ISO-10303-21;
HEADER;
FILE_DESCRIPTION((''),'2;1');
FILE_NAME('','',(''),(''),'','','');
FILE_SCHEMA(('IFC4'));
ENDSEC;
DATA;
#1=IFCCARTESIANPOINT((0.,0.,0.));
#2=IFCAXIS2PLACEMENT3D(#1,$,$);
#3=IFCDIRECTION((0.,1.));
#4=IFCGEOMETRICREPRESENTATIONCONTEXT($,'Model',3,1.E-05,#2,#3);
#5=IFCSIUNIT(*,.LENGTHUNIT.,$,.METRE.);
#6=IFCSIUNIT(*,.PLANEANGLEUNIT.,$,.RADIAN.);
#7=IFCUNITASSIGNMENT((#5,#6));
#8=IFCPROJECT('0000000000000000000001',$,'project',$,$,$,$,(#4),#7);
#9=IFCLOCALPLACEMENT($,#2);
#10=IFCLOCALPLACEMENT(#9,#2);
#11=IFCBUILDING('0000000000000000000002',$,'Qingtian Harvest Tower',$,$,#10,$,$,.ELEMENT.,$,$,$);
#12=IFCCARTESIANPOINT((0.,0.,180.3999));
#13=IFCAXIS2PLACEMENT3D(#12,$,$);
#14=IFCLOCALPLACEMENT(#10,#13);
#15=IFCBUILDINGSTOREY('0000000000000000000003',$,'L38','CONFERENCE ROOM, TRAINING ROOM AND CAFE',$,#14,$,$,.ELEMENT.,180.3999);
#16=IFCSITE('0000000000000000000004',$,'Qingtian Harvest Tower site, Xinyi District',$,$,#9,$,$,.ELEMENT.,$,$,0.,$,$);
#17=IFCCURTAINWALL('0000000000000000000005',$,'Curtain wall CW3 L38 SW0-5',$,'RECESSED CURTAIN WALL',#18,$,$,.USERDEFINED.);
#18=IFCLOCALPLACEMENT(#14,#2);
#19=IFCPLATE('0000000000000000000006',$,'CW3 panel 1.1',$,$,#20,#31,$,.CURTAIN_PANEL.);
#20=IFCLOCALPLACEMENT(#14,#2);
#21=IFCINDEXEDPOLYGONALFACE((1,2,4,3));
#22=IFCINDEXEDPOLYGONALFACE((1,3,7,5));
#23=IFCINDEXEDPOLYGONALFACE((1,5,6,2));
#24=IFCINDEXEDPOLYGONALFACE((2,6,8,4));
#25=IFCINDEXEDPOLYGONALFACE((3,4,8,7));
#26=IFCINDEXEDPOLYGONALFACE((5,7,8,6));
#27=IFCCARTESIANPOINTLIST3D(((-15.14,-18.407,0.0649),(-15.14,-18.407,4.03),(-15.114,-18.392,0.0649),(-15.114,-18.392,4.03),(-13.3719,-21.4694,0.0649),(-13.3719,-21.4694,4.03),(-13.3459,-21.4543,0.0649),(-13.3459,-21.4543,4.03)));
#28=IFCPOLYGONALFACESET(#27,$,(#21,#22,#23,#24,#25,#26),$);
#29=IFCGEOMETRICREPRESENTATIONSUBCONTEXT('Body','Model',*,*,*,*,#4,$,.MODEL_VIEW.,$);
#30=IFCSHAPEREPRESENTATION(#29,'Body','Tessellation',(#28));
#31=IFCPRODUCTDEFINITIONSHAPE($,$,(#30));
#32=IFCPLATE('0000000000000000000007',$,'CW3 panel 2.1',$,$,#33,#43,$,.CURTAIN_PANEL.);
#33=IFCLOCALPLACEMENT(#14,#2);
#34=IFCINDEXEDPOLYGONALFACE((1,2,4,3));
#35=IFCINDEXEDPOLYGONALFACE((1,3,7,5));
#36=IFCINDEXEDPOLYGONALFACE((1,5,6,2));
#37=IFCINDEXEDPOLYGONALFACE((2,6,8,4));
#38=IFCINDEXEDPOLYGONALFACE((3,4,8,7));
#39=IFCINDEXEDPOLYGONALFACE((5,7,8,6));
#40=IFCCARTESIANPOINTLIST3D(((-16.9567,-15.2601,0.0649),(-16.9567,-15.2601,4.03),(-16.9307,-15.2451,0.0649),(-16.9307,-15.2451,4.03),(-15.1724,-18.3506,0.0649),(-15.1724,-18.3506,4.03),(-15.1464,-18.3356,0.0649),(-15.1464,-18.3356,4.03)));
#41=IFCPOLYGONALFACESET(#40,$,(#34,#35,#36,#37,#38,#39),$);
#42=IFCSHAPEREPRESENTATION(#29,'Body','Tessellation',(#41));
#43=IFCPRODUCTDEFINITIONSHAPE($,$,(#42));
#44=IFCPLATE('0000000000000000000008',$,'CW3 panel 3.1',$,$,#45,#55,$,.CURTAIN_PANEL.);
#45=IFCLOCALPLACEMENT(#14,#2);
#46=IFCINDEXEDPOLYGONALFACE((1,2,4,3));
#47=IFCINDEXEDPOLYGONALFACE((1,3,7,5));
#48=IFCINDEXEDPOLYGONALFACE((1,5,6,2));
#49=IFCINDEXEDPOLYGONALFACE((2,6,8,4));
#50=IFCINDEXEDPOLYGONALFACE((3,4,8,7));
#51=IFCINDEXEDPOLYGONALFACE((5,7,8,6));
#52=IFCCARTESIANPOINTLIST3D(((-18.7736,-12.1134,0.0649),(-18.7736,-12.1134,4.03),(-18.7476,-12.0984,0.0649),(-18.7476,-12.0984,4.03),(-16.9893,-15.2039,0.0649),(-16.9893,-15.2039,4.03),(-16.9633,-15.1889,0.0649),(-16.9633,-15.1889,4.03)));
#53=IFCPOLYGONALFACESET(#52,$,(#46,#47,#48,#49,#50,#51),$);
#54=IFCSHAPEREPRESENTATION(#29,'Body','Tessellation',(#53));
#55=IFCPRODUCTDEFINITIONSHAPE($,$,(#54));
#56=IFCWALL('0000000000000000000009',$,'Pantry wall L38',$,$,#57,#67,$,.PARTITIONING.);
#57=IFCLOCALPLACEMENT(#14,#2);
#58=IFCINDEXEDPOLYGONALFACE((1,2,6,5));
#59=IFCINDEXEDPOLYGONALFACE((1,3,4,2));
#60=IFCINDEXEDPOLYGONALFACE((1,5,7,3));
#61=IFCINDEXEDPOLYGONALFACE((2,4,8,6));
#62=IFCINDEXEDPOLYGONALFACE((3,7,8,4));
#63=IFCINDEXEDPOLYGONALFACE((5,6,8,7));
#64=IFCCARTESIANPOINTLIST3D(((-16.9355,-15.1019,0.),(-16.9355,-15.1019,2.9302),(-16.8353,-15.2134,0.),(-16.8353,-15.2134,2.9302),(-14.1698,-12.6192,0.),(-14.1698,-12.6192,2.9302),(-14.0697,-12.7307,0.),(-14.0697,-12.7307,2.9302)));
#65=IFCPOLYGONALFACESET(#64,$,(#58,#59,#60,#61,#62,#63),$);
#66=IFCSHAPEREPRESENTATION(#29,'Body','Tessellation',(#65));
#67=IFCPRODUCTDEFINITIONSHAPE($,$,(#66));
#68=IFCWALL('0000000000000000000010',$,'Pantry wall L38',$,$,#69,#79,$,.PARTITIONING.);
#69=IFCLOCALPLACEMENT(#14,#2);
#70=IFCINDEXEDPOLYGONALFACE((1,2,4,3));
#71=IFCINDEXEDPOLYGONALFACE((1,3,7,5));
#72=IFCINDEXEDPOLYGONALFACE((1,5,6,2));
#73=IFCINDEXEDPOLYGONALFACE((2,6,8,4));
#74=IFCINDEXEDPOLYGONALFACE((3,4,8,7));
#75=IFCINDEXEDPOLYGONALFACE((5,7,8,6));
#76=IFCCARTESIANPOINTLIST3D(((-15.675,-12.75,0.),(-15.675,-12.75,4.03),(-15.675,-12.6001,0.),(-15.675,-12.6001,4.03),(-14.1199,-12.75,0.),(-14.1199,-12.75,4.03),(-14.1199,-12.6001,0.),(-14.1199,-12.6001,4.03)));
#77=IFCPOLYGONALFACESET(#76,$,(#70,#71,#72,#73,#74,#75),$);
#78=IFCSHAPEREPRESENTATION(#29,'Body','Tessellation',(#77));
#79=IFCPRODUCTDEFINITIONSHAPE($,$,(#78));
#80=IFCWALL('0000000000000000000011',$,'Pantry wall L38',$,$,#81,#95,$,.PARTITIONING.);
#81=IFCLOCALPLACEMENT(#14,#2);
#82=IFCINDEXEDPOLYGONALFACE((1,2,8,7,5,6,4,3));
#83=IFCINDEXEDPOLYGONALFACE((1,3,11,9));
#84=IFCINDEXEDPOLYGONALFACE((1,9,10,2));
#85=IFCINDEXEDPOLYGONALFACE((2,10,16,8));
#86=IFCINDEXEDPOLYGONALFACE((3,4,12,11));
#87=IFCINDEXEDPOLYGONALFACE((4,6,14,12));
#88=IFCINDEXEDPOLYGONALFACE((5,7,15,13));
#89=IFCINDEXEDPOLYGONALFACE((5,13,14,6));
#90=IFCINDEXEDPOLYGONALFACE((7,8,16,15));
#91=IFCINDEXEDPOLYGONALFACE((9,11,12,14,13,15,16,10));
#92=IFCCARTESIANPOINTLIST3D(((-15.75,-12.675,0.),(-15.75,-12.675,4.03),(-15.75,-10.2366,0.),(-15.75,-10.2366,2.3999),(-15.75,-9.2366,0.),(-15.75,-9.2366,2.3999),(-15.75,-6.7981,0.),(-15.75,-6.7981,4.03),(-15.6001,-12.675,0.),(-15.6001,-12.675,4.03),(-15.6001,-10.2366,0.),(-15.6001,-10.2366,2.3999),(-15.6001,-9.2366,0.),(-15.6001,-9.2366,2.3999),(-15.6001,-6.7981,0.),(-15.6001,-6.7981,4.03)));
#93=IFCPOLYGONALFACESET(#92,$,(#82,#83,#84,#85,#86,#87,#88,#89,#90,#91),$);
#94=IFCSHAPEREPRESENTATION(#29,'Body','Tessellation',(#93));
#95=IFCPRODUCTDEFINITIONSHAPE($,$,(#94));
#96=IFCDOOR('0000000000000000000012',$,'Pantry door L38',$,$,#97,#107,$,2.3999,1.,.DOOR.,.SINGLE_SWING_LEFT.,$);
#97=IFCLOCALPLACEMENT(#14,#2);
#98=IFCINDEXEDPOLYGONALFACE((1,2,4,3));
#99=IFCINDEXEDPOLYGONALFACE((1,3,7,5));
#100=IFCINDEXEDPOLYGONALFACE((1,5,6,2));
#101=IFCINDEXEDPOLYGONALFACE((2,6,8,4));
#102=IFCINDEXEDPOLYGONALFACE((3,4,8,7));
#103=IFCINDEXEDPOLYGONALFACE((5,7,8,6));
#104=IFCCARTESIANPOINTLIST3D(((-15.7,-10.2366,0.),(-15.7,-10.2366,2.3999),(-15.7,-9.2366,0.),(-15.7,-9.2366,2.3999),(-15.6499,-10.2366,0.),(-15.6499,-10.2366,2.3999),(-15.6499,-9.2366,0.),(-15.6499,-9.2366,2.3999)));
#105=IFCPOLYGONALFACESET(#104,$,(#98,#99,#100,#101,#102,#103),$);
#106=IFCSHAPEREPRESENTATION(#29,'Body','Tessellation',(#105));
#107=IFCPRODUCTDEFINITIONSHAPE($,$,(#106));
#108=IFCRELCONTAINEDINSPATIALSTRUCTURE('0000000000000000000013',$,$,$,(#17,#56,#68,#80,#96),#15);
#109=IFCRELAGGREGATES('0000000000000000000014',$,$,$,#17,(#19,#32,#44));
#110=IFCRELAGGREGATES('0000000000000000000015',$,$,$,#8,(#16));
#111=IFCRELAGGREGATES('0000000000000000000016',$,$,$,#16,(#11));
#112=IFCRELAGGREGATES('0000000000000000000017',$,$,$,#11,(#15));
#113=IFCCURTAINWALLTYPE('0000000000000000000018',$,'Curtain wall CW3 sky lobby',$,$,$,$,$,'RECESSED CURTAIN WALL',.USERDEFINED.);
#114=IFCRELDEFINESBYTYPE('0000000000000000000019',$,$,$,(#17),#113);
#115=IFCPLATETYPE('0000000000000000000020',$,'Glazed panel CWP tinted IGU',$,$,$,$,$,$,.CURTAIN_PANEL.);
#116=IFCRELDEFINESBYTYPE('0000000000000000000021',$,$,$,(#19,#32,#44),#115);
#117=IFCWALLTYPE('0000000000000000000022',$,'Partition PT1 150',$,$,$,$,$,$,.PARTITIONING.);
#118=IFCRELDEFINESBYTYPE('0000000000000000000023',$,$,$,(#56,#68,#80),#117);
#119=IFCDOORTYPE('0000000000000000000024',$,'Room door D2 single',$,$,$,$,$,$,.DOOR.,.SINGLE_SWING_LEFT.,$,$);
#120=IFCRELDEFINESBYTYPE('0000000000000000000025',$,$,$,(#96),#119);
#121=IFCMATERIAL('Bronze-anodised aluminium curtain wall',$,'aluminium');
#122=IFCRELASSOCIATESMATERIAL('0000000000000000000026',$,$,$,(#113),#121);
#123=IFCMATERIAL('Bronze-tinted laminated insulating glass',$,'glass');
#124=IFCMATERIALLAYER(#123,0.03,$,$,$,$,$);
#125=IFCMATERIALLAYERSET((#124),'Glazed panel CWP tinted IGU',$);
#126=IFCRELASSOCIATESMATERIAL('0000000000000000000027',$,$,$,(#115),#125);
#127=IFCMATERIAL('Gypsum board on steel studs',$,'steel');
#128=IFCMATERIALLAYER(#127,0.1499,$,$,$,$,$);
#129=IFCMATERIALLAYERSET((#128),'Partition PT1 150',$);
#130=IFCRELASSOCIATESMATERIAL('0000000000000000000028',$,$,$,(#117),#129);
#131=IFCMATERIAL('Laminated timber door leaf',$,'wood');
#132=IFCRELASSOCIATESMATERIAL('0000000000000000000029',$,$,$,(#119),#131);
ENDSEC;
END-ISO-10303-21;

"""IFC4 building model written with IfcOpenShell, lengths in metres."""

from ifc_helpers import new_model, si_unit, direction, frame, frame_2d, origin, origin_2d, place, context, subcontext, project, spatial, rectangle, extrude, material, layer, layer_set, type_object, element, fill, aggregate, save


model = new_model("IFC4")

# Units and contexts
model_context = context("Model", 3, precision=1e-05, world=origin(), true_north=direction((0.0, 1.0)))
body_context = subcontext(model_context, "Body", "Model", "MODEL_VIEW")
ifc_project = project(units=[si_unit("LENGTHUNIT", "METRE"), si_unit("PLANEANGLEUNIT", "RADIAN")], contexts=[model_context])

# Site, building, storey
site_placement = place(None, origin())
site = spatial("IfcSite", under=ifc_project, at=site_placement, Name="Qingtian Harvest Tower site, Xinyi District", CompositionType="ELEMENT", RefElevation=0.0)
building_placement = place(site_placement, origin())
building = spatial("IfcBuilding", under=site, at=building_placement, Name="Qingtian Harvest Tower", CompositionType="ELEMENT")
storey_placement = place(building_placement, frame((0.0, 0.0, 180.3999)))
storey = spatial("IfcBuildingStorey", under=building, at=storey_placement, Name="L38", Description="CONFERENCE ROOM, TRAINING ROOM AND CAFE", CompositionType="ELEMENT", Elevation=180.3999)

# Shared definitions
ifc_material_1 = material(Name="Bronze-anodised aluminium curtain wall", Category="aluminium")
curtain_wall_type = type_object("IfcCurtainWallType", Name="Curtain wall CW3 sky lobby", ElementType="RECESSED CURTAIN WALL", PredefinedType="USERDEFINED", material=ifc_material_1)

# Curtain wall
curtain_wall_1_placement = place(storey_placement, origin())
curtain_wall_1 = element("IfcCurtainWall", 1, at=curtain_wall_1_placement, inside=storey, type_object=curtain_wall_type, Name="Curtain wall CW3 L38 SW0-5", ObjectType="RECESSED CURTAIN WALL", PredefinedType="USERDEFINED")

# Plates
ifc_material_2 = material(Name="Bronze-tinted laminated insulating glass", Category="glass")
ifc_layer_1 = layer(ifc_material_2, 0.03)
ifc_layer_set_1 = layer_set([ifc_layer_1], Name="Glazed panel CWP tinted IGU")
plate_type = type_object("IfcPlateType", Name="Glazed panel CWP tinted IGU", PredefinedType="CURTAIN_PANEL", material=ifc_layer_set_1)
plate_1_placement = place(storey_placement, frame((-14.2429, -19.9307, 0.0649), z_axis=(0.0, 0.0, 1.0), x_axis=(-0.5, 0.866025, 0.0)))
plate_1 = element("IfcPlate", 2, at=plate_1_placement, type_object=plate_type, Name="CW3 panel 1.1", PredefinedType="CURTAIN_PANEL", context=body_context, shape_type="SweptSolid", body=[
    extrude(rectangle(XDim=3.5361, YDim=0.03, at=origin_2d()), origin(), (0.0, 0.0, 1.0), 3.9651),
])
plate_2_placement = place(storey_placement, frame((-16.0515, -16.7979, 0.0649), z_axis=(0.0, 0.0, 1.0), x_axis=(-0.5, 0.866025, 0.0)))
plate_2 = element("IfcPlate", 3, at=plate_2_placement, type_object=plate_type, Name="CW3 panel 2.1", PredefinedType="CURTAIN_PANEL", context=body_context, shape_type="SweptSolid", body=[
    extrude(rectangle(XDim=3.5686, YDim=0.03, at=origin_2d()), origin(), (0.0, 0.0, 1.0), 3.9651),
])
plate_3_placement = place(storey_placement, frame((-17.8684, -13.6511, 0.0649), z_axis=(0.0, 0.0, 1.0), x_axis=(-0.5, 0.866025, 0.0)))
plate_3 = element("IfcPlate", 4, at=plate_3_placement, type_object=plate_type, Name="CW3 panel 3.1", PredefinedType="CURTAIN_PANEL", context=body_context, shape_type="SweptSolid", body=[
    extrude(rectangle(XDim=3.5686, YDim=0.03, at=origin_2d()), origin(), (0.0, 0.0, 1.0), 3.9651),
])
aggregate(curtain_wall_1, [plate_1, plate_2, plate_3])

# Walls
ifc_material_3 = material(Name="Gypsum board on steel studs", Category="steel")
ifc_layer_2 = layer(ifc_material_3, 0.1499)
ifc_layer_set_2 = layer_set([ifc_layer_2], Name="Partition PT1 150")
wall_type = type_object("IfcWallType", Name="Partition PT1 150", PredefinedType="PARTITIONING", material=ifc_layer_set_2)
wall_1_placement = place(storey_placement, frame((-16.8855, -15.1577, 0.0), z_axis=(0.0, 0.0, 1.0), x_axis=(0.744149, 0.668013, 0.0)))
element("IfcWall", 5, at=wall_1_placement, inside=storey, type_object=wall_type, Name="Pantry wall L38", PredefinedType="PARTITIONING", context=body_context, shape_type="SweptSolid", body=[
    extrude(rectangle(XDim=3.7166, YDim=0.1499, at=frame_2d((1.8584, 0.0))), origin(), (0.0, 0.0, 1.0), 2.9302),
])
wall_2_placement = place(storey_placement, frame((-14.1199, -12.675, 0.0), z_axis=(0.0, 0.0, 1.0), x_axis=(-1.0, 0.0, 0.0)))
element("IfcWall", 6, at=wall_2_placement, inside=storey, type_object=wall_type, Name="Pantry wall L38", PredefinedType="PARTITIONING", context=body_context, shape_type="SweptSolid", body=[
    extrude(rectangle(XDim=1.5552, YDim=0.1499, at=frame_2d((0.7776, 0.0))), origin(), (0.0, 0.0, 1.0), 4.03),
])

# Wall, opening, door
wall_3_placement = place(storey_placement, frame((-15.675, -12.675, 0.0), z_axis=(0.0, 0.0, 1.0), x_axis=(0.0, 1.0, 0.0)))
wall_3 = element("IfcWall", 7, at=wall_3_placement, inside=storey, type_object=wall_type, Name="Pantry wall L38", PredefinedType="PARTITIONING", context=body_context, shape_type="SweptSolid", body=[
    extrude(rectangle(XDim=5.877, YDim=0.1499, at=frame_2d((2.9385, 0.0))), origin(), (0.0, 0.0, 1.0), 4.03),
])
opening_placement = place(wall_3_placement, frame((2.4385, 0.0, 0.0)))
opening = element("IfcOpeningElement", 8, at=opening_placement, cuts=wall_3, PredefinedType="OPENING", context=body_context, shape_type="SweptSolid", body=[
    extrude(rectangle(XDim=1.0, YDim=2.3999, at=frame_2d((0.5, 1.2))), frame((0.0, 0.085, 0.0), z_axis=(0.0, -1.0, 0.0), x_axis=(1.0, 0.0, 0.0)), (0.0, 0.0, 1.0), 0.1699),
])
ifc_material_4 = material(Name="Laminated timber door leaf", Category="wood")
door_type = type_object("IfcDoorType", Name="Room door D2 single", OperationType="SINGLE_SWING_LEFT", PredefinedType="DOOR", material=ifc_material_4)
door_placement = place(opening_placement, origin())
door = element("IfcDoor", 9, at=door_placement, inside=storey, type_object=door_type, Name="Pantry door L38", OperationType="SINGLE_SWING_LEFT", OverallHeight=2.3999, OverallWidth=1.0, PredefinedType="DOOR", context=body_context, shape_type="SweptSolid", body=[
    extrude(rectangle(XDim=1.0, YDim=2.3999, at=frame_2d((0.5, 1.2))), frame((0.0, 0.0249, 0.0), z_axis=(0.0, -1.0, 0.0), x_axis=(1.0, 0.0, 0.0)), (0.0, 0.0, 1.0), 0.05),
])
fill(opening, door)

save(model, "model.ifc")
